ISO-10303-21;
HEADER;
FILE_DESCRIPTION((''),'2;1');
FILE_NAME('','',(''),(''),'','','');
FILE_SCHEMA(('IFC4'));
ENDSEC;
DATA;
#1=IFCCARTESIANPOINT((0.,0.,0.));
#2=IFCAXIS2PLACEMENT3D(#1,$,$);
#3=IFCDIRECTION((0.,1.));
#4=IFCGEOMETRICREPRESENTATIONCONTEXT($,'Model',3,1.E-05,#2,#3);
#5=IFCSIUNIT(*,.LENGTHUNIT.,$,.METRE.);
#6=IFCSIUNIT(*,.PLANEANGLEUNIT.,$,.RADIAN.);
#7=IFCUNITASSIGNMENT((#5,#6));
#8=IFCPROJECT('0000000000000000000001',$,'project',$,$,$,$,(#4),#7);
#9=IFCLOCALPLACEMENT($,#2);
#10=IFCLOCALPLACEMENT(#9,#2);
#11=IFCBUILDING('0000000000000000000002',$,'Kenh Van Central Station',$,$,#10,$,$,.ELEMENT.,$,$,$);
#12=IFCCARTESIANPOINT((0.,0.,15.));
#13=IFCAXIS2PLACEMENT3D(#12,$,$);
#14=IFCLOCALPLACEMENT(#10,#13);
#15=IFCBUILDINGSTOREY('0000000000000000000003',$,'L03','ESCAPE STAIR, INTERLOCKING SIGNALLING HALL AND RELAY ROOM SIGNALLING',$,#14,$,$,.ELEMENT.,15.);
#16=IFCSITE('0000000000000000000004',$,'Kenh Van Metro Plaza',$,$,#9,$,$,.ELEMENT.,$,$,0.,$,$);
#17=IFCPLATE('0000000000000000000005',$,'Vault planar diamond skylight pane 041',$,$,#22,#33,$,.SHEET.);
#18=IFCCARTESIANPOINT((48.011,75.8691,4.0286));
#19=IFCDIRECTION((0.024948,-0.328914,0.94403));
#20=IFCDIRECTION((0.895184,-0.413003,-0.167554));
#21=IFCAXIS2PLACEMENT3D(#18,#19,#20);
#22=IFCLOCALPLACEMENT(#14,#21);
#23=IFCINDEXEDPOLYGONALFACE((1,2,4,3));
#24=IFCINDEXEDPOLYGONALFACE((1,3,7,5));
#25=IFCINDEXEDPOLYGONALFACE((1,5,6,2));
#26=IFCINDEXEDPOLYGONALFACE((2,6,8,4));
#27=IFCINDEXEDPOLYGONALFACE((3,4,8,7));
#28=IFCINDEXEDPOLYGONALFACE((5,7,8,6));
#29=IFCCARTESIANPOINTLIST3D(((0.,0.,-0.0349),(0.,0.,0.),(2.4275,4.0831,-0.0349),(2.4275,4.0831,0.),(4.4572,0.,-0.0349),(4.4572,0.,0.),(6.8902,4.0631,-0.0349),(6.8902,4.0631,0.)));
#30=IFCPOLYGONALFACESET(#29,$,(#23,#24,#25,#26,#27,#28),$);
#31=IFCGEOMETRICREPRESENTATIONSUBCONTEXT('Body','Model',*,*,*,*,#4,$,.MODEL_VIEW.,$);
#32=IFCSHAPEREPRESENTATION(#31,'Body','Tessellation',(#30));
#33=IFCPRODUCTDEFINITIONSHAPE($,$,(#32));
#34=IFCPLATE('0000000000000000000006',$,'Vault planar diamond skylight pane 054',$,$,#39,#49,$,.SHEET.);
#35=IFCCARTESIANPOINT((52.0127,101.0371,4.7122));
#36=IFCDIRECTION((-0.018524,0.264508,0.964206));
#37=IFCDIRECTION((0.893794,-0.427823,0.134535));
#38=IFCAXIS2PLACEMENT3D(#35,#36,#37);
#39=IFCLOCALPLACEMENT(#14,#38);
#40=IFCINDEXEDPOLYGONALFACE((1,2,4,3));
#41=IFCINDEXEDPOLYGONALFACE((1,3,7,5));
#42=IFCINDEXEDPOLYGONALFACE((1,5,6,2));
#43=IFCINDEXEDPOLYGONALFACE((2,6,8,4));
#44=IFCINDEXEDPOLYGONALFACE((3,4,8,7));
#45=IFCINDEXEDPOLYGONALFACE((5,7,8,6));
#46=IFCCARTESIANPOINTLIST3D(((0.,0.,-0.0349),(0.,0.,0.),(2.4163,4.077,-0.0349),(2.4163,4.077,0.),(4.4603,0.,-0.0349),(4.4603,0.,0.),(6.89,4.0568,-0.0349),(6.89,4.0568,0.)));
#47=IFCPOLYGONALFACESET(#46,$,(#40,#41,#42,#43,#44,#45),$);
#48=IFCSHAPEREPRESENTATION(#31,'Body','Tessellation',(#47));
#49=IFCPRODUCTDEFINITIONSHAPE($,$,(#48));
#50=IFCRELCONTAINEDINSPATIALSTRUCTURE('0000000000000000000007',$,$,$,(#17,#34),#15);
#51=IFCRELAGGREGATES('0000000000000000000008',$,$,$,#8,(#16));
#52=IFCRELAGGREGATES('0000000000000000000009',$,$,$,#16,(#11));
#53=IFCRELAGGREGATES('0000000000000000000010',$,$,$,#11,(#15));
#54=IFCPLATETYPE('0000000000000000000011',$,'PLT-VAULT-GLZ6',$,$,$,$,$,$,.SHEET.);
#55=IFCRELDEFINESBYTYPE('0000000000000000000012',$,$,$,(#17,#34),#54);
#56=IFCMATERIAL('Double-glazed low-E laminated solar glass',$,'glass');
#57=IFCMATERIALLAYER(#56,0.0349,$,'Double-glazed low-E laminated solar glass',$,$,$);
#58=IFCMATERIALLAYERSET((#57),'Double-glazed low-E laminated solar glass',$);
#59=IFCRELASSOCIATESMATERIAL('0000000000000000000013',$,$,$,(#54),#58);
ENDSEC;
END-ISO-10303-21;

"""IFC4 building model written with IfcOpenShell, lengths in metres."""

from ifc_helpers import new_model, si_unit, direction, frame, origin, place, context, subcontext, project, spatial, polyline, outline, extrude, material, layer, layer_set, type_object, element, save


model = new_model("IFC4")

# Units and contexts
model_context = context("Model", 3, precision=1e-05, world=origin(), true_north=direction((0.0, 1.0)))
body_context = subcontext(model_context, "Body", "Model", "MODEL_VIEW")
ifc_project = project(units=[si_unit("LENGTHUNIT", "METRE"), si_unit("PLANEANGLEUNIT", "RADIAN")], contexts=[model_context])

# Site, building, storey
site_placement = place(None, origin())
site = spatial("IfcSite", under=ifc_project, at=site_placement, Name="Kenh Van Metro Plaza", CompositionType="ELEMENT", RefElevation=0.0)
building_placement = place(site_placement, origin())
building = spatial("IfcBuilding", under=site, at=building_placement, Name="Kenh Van Central Station", CompositionType="ELEMENT")
storey_placement = place(building_placement, frame((0.0, 0.0, 15.0)))
storey = spatial("IfcBuildingStorey", under=building, at=storey_placement, Name="L03", Description="ESCAPE STAIR, INTERLOCKING SIGNALLING HALL AND RELAY ROOM SIGNALLING", CompositionType="ELEMENT", Elevation=15.0)

# Plates
ifc_material_1 = material(Name="Double-glazed low-E laminated solar glass", Category="glass")
ifc_layer_1 = layer(ifc_material_1, 0.0349, Name="Double-glazed low-E laminated solar glass")
ifc_layer_set_1 = layer_set([ifc_layer_1], Name="Double-glazed low-E laminated solar glass")
plate_type_1 = type_object("IfcPlateType", Name="PLT-VAULT-GLZ6", PredefinedType="SHEET", material=ifc_layer_set_1)
plate_1_placement = place(storey_placement, frame((48.011, 75.8691, 4.0286), z_axis=(0.024948, -0.328914, 0.94403), x_axis=(0.895184, -0.413003, -0.167554)))
element("IfcPlate", 1, at=plate_1_placement, inside=storey, type_object=plate_type_1, Name="Vault planar diamond skylight pane 041", PredefinedType="SHEET", context=body_context, shape_type="SweptSolid", body=[
    extrude(outline(polyline([(0.0, 0.0), (4.4572, 0.0), (6.8902, 4.0631), (2.4275, 4.0831), (0.0, 0.0)])), origin(), (0.0, 0.0, -1.0), 0.0349),
])
plate_2_placement = place(storey_placement, frame((52.0127, 101.0371, 4.7122), z_axis=(-0.018524, 0.264508, 0.964206), x_axis=(0.893794, -0.427823, 0.134535)))
element("IfcPlate", 2, at=plate_2_placement, inside=storey, type_object=plate_type_1, Name="Vault planar diamond skylight pane 054", PredefinedType="SHEET", context=body_context, shape_type="SweptSolid", body=[
    extrude(outline(polyline([(0.0, 0.0), (4.4603, 0.0), (6.89, 4.0568), (2.4163, 4.077), (0.0, 0.0)])), origin(), (0.0, 0.0, -1.0), 0.0349),
])

save(model, "model.ifc")
